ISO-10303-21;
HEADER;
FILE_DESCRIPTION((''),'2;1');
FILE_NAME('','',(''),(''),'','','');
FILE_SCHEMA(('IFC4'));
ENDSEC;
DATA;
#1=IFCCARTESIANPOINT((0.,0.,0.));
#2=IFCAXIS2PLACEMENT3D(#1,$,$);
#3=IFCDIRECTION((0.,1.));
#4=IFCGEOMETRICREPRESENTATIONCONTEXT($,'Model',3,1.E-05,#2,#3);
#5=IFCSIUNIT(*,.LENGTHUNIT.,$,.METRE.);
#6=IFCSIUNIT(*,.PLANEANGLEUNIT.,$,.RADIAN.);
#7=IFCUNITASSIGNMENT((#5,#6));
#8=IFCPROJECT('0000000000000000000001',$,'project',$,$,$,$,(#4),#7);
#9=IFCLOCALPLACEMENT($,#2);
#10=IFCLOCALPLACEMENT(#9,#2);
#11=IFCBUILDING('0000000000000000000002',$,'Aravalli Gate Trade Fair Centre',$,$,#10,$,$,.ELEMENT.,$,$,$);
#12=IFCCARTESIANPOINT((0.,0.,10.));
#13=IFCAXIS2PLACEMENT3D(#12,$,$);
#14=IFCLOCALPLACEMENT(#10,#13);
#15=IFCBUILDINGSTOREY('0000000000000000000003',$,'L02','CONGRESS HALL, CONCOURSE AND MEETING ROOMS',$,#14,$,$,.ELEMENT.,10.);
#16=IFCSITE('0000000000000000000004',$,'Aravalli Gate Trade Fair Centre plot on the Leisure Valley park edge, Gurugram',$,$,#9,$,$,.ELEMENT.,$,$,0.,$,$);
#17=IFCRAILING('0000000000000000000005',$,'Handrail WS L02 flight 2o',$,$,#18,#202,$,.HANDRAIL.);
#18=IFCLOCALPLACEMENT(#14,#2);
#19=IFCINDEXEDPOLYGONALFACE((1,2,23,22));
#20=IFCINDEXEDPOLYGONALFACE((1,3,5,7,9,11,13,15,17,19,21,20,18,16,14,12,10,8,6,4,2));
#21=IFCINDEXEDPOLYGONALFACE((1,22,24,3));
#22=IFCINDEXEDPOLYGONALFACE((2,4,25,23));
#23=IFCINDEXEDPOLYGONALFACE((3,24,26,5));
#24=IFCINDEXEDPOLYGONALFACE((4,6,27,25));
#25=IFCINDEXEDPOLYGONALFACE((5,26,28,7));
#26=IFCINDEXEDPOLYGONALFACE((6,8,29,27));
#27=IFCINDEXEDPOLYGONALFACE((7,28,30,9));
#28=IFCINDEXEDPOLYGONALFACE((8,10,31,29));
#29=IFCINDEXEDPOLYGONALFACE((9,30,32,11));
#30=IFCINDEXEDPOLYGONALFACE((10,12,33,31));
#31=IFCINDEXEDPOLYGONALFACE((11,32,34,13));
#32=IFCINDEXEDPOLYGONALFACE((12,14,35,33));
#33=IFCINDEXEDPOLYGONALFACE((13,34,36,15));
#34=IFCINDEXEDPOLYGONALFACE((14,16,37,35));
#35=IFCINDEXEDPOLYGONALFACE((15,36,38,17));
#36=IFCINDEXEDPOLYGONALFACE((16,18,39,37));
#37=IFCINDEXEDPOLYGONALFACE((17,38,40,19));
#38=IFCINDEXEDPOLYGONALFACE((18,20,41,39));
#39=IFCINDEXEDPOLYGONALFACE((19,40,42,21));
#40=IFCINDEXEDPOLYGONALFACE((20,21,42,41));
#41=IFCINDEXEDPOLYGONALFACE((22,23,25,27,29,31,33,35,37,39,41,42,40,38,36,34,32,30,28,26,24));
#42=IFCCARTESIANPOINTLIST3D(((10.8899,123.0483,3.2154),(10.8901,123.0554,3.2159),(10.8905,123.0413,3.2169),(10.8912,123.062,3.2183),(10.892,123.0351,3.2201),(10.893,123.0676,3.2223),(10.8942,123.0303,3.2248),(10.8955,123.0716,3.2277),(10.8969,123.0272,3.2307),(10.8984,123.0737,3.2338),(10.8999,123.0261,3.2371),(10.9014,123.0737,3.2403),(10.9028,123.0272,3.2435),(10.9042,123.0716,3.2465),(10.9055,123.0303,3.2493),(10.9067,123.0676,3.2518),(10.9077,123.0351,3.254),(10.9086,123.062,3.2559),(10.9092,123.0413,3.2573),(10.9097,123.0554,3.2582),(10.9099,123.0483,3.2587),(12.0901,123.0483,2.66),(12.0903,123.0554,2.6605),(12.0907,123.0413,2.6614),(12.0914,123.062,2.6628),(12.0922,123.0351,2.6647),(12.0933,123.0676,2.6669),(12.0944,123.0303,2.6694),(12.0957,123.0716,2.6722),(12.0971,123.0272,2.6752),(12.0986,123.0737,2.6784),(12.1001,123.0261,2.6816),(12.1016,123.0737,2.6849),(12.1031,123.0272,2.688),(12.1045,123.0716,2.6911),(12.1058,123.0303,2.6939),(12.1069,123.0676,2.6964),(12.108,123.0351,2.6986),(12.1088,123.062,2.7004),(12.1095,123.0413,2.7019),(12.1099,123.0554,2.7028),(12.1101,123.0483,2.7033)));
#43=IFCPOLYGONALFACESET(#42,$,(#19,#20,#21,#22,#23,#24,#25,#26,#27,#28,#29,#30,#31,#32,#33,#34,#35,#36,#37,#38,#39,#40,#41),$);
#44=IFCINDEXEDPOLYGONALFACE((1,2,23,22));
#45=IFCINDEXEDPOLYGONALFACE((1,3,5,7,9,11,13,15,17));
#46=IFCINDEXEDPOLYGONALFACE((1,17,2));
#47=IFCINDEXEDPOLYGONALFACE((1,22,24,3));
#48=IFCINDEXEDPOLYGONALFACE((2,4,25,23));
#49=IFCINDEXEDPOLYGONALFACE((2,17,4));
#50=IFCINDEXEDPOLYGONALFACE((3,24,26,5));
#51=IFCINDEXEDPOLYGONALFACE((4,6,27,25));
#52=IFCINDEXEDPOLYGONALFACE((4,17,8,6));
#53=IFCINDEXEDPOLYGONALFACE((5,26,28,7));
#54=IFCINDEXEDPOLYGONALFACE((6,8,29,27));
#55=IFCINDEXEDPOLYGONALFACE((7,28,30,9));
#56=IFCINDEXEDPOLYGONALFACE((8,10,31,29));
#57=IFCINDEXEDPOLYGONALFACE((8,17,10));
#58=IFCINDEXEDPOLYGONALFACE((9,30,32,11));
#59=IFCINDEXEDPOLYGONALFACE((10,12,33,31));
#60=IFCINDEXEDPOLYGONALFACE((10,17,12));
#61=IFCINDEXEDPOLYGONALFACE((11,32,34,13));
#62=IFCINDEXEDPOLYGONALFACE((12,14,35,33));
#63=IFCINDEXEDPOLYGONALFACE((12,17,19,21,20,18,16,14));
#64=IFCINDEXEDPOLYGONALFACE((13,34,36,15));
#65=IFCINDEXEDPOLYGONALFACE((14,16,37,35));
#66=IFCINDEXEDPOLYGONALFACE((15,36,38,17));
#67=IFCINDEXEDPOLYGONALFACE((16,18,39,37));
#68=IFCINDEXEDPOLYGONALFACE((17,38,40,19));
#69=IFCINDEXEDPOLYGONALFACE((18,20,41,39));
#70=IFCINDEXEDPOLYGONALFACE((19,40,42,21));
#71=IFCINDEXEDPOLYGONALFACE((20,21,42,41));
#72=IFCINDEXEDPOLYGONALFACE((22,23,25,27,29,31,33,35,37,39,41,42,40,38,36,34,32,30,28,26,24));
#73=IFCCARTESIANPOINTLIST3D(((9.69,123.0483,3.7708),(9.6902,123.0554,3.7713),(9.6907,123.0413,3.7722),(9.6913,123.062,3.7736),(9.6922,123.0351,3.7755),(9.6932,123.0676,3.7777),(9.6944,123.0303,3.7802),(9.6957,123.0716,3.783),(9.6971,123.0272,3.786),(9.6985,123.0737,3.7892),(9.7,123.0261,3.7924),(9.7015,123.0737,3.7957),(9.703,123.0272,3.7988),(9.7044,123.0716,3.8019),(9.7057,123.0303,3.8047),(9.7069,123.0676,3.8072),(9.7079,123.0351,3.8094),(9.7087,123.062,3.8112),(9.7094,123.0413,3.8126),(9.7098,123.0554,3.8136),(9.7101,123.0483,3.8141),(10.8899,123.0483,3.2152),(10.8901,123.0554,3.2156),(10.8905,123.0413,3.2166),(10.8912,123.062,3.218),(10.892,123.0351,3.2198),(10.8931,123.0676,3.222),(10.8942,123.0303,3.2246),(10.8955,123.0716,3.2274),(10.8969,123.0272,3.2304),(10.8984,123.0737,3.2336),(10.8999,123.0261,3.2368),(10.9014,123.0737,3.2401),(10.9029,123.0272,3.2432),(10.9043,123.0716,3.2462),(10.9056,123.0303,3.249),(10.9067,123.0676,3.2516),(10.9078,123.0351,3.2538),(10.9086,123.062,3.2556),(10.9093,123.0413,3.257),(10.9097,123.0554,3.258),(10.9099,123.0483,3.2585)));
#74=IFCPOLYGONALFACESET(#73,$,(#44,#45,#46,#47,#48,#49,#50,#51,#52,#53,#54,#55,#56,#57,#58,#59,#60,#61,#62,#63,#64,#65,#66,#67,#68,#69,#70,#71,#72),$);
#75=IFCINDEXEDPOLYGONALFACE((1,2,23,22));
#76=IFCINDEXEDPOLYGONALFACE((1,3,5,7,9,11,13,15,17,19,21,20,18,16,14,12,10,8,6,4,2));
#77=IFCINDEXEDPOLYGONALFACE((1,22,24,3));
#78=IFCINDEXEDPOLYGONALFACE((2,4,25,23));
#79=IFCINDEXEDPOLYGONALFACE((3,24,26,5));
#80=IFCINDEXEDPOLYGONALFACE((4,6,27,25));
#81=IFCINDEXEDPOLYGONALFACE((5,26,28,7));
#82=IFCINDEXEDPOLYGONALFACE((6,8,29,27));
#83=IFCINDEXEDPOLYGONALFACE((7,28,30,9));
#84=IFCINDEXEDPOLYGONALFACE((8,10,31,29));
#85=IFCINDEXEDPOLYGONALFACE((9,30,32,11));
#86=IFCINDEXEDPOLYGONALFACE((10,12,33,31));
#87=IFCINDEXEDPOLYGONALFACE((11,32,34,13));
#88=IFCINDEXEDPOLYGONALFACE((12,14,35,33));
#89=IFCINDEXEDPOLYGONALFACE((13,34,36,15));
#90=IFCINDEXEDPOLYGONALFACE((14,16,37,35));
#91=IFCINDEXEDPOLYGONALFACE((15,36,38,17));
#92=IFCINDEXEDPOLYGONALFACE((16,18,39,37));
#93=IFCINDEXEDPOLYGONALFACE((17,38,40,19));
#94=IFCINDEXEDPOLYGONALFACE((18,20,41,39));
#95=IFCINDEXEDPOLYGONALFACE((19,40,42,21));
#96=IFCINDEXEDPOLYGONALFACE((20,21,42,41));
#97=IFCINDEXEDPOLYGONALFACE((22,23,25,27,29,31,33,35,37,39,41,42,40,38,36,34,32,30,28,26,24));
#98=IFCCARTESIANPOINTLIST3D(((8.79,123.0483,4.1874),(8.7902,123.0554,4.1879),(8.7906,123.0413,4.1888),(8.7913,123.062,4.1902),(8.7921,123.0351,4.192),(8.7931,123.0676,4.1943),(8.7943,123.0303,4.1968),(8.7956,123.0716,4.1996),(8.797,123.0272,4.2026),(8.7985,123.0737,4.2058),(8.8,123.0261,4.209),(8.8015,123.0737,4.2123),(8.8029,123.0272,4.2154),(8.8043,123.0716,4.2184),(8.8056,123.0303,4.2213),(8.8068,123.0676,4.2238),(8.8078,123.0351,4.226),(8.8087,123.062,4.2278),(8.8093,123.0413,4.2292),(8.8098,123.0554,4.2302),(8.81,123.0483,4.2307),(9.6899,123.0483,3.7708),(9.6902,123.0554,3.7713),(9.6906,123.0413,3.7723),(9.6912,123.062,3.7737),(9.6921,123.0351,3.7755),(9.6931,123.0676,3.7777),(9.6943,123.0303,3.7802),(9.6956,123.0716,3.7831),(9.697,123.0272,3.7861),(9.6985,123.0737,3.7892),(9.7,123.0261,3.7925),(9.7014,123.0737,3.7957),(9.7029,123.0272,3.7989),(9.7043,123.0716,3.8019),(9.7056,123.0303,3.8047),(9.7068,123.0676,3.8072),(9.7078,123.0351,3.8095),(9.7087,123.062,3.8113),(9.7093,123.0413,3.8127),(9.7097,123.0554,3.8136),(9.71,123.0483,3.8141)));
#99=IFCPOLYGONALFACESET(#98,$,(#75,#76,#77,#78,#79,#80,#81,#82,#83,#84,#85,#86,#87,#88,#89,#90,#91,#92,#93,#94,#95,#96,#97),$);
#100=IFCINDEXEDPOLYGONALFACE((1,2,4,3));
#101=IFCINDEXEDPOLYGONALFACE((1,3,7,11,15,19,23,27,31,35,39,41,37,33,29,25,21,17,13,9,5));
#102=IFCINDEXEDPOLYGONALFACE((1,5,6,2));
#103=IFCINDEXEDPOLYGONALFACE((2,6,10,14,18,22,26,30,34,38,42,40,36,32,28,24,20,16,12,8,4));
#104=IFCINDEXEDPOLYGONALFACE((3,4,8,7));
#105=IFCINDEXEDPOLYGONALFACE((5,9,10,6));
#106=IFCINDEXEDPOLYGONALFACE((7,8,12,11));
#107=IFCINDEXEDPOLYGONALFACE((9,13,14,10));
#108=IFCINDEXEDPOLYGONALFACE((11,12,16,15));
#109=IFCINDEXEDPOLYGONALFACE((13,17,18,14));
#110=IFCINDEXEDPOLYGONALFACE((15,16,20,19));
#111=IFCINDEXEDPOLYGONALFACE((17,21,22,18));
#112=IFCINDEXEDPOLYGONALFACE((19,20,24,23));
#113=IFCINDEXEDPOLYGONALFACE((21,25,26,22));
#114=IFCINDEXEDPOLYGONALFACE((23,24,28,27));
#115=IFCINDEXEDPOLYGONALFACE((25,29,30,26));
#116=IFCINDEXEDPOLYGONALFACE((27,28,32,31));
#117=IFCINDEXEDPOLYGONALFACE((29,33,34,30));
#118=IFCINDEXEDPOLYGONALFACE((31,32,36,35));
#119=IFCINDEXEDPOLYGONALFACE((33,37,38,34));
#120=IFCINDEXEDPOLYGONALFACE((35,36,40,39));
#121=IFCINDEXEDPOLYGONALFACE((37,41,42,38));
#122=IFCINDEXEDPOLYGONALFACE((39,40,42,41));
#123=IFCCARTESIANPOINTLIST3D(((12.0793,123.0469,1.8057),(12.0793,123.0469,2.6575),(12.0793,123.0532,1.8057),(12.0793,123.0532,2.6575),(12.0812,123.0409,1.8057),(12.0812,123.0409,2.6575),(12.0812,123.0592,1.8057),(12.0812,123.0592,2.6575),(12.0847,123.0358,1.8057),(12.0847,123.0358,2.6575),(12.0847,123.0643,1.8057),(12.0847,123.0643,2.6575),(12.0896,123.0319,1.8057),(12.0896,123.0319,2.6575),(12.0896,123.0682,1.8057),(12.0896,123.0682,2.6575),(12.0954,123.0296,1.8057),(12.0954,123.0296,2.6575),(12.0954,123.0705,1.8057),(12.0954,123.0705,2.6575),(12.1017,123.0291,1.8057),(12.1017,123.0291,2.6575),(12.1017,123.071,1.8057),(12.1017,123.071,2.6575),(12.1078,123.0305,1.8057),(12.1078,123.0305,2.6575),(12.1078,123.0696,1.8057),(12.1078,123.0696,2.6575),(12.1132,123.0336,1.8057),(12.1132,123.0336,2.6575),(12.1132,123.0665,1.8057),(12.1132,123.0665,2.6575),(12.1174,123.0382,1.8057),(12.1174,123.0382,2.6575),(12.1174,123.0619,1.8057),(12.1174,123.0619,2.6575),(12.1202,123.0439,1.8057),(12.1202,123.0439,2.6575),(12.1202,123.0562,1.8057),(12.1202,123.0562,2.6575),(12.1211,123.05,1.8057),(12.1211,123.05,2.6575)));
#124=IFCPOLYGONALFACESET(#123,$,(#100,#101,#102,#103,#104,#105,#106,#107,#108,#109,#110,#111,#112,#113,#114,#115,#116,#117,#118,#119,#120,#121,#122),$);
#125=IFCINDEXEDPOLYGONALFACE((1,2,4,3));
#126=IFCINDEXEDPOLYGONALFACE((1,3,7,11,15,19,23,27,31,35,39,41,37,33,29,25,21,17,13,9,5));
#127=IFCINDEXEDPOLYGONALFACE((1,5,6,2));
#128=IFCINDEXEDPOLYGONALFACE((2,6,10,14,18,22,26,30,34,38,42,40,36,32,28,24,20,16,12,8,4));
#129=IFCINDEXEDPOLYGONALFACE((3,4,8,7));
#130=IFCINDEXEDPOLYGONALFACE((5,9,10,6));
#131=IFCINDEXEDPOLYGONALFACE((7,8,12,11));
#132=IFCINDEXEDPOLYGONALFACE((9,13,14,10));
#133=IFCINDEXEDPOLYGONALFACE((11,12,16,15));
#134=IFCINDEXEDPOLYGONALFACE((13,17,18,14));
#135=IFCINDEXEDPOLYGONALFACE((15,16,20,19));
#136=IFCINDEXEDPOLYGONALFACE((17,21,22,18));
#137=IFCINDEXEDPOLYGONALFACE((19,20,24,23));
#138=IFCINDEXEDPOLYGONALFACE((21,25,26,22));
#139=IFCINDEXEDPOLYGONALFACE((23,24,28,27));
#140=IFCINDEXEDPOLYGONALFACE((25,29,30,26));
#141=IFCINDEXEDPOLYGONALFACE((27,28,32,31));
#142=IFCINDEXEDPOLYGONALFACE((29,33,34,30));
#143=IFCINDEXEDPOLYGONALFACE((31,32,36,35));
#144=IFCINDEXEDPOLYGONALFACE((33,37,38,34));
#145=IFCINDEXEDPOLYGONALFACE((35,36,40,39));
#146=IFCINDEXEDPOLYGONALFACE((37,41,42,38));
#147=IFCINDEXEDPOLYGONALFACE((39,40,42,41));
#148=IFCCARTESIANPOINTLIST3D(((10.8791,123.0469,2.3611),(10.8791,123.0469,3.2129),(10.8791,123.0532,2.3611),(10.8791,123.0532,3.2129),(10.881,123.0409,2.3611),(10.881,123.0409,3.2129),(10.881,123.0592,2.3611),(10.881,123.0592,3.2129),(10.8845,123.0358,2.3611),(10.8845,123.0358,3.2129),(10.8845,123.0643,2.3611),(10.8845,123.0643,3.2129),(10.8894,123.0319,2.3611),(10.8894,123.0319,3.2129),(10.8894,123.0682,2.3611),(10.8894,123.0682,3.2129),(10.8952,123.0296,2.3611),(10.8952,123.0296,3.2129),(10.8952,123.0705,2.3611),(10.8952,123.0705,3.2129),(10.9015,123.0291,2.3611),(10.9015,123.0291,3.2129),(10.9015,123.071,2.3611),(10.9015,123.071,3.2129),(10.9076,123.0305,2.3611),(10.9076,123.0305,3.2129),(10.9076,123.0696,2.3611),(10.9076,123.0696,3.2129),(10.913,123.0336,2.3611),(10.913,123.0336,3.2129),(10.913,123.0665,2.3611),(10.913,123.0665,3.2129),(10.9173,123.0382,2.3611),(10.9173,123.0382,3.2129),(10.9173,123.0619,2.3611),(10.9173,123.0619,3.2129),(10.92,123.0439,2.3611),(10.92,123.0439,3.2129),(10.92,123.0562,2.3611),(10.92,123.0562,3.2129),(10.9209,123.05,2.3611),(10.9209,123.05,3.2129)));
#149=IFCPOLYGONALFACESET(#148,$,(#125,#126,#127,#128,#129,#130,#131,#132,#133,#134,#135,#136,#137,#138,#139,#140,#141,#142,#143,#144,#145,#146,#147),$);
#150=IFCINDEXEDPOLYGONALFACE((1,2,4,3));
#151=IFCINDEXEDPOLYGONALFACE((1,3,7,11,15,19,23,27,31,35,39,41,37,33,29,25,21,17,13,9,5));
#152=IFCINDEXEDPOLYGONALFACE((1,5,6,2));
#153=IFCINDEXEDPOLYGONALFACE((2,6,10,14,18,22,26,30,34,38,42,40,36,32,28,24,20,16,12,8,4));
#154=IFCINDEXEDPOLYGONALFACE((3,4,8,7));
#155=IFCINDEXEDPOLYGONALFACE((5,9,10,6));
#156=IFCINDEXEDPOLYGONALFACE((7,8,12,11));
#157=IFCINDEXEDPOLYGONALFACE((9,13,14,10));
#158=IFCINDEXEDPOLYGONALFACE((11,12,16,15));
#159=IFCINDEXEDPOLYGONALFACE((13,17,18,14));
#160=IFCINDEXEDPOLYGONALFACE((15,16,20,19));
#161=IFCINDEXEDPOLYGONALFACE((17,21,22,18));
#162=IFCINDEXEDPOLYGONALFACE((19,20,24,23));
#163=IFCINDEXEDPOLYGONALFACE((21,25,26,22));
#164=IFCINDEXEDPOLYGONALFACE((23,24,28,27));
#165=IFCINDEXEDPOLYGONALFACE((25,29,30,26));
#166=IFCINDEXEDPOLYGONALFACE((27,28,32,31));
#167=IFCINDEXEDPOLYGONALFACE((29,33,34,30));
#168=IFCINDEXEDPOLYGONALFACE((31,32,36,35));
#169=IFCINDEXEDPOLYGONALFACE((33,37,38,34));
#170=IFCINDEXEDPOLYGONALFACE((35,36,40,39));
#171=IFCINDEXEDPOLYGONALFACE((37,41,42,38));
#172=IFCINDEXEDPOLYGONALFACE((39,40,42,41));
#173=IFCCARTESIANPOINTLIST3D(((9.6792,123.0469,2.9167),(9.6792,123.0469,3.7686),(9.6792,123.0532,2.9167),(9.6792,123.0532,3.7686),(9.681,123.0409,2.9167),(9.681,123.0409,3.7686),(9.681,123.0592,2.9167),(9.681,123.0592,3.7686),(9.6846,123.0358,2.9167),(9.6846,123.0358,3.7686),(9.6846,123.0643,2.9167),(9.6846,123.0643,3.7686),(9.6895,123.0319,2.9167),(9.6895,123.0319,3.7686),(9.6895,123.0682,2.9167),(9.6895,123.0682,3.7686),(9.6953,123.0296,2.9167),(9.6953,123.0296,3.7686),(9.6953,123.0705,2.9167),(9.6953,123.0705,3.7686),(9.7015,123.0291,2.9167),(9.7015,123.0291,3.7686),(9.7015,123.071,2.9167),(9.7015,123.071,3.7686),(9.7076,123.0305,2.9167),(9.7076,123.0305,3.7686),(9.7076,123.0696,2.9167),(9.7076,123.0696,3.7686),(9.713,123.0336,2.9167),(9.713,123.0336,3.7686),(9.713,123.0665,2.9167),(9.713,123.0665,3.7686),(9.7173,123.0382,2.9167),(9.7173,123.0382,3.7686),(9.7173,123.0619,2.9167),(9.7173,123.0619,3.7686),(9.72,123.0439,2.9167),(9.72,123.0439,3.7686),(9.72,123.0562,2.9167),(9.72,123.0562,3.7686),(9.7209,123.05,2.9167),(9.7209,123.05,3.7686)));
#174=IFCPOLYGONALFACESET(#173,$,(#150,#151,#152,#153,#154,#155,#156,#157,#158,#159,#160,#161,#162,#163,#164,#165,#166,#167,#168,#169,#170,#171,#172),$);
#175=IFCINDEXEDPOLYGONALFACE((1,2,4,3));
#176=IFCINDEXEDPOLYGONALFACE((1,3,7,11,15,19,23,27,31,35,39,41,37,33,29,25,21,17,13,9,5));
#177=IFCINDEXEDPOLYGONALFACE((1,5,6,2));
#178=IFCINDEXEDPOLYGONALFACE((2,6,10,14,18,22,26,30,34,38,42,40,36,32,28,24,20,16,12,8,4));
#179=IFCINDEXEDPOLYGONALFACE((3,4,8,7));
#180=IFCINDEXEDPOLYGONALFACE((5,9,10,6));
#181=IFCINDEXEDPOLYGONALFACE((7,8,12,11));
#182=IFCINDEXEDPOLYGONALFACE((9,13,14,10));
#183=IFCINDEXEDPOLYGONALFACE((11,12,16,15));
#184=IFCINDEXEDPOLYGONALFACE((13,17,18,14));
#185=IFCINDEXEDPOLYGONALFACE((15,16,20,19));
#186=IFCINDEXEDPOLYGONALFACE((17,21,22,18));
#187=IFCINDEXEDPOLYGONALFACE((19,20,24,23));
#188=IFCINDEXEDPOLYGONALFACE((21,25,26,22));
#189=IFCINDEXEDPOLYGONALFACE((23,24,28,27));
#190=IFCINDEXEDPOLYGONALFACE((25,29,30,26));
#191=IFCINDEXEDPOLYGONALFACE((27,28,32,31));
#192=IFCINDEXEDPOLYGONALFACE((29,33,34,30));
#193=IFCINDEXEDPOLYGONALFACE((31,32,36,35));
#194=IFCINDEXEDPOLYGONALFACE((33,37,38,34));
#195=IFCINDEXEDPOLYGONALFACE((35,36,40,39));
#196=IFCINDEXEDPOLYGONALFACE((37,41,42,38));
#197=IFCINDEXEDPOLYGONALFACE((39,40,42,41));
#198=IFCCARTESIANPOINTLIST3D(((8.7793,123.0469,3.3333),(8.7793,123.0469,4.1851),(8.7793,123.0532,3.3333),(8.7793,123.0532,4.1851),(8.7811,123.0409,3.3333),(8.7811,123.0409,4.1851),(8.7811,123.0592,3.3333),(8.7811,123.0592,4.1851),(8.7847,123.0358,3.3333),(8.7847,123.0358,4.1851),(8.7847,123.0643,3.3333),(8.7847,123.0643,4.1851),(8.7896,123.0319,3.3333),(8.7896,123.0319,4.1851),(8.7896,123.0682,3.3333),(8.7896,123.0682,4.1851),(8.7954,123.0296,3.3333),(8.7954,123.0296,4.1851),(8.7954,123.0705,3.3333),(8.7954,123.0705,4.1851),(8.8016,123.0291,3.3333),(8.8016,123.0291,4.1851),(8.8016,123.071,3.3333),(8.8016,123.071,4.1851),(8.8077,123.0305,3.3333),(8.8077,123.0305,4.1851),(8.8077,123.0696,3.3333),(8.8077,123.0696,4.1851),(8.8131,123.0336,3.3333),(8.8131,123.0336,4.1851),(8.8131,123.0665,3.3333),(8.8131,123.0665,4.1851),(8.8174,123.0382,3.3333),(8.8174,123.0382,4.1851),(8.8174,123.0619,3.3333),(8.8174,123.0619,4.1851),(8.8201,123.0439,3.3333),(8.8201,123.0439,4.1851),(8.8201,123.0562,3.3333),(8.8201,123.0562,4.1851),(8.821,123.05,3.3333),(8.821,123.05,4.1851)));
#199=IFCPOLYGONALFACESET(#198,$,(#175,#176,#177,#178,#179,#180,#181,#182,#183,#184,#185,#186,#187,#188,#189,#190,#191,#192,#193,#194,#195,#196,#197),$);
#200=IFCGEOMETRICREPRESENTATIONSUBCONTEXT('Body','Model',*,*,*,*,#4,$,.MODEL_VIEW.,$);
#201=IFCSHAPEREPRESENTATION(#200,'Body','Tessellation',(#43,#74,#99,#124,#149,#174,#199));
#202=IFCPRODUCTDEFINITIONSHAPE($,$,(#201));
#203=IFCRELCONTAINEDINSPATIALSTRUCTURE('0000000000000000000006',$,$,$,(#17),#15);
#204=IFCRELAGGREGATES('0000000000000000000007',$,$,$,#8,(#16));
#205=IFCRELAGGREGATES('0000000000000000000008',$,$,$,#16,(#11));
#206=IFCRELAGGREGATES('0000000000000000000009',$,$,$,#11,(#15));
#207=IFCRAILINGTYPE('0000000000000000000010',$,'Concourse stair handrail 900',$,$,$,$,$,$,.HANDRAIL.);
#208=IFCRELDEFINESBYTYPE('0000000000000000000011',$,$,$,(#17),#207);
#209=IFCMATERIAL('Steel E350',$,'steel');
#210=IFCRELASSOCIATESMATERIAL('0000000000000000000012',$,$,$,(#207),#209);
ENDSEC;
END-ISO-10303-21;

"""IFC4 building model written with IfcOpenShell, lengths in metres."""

from ifc_helpers import new_model, si_unit, direction, frame, origin, origin_2d, place, context, subcontext, project, spatial, circle, extrude, material, type_object, element, save


model = new_model("IFC4")

# Units and contexts
model_context = context("Model", 3, precision=1e-05, world=origin(), true_north=direction((0.0, 1.0)))
body_context = subcontext(model_context, "Body", "Model", "MODEL_VIEW")
ifc_project = project(units=[si_unit("LENGTHUNIT", "METRE"), si_unit("PLANEANGLEUNIT", "RADIAN")], contexts=[model_context])

# Site, building, storey
site_placement = place(None, origin())
site = spatial("IfcSite", under=ifc_project, at=site_placement, Name="Aravalli Gate Trade Fair Centre plot on the Leisure Valley park edge, Gurugram", CompositionType="ELEMENT", RefElevation=0.0)
building_placement = place(site_placement, origin())
building = spatial("IfcBuilding", under=site, at=building_placement, Name="Aravalli Gate Trade Fair Centre", CompositionType="ELEMENT")
storey_placement = place(building_placement, frame((0.0, 0.0, 10.0)))
storey = spatial("IfcBuildingStorey", under=building, at=storey_placement, Name="L02", Description="CONGRESS HALL, CONCOURSE AND MEETING ROOMS", CompositionType="ELEMENT", Elevation=10.0)

# Shared definitions
ifc_material_1 = material(Name="Steel E350", Category="steel")

# Railing
railing_type_1 = type_object("IfcRailingType", Name="Concourse stair handrail 900", PredefinedType="HANDRAIL", material=ifc_material_1)
for number, where, name in (
    (1, (12.1001, 123.05, 1.8057), "Handrail WS L02 flight 2o"),
):
    element("IfcRailing", number, at=place(storey_placement, frame(where)), inside=storey, type_object=railing_type_1, Name=name, PredefinedType="HANDRAIL", context=body_context, shape_type="SweptSolid", body=[
        extrude(circle(Radius=0.0239, at=origin_2d()), frame((0.0, 0.0, 0.876), z_axis=(-0.907532, 0.0, 0.419983), x_axis=(0.0, -1.0, 0.0)), (0.0, 0.0, 1.0), 1.3225),
        extrude(circle(Radius=0.0239, at=origin_2d()), frame((-1.2002, 0.0, 1.4312), z_axis=(-0.907429, 0.0, 0.420205), x_axis=(0.0, -1.0, 0.0)), (0.0, 0.0, 1.0), 1.3223),
        extrude(circle(Radius=0.0239, at=origin_2d()), frame((-2.4001, 0.0, 1.9868), z_axis=(-0.907512, 0.0, 0.420026), x_axis=(0.0, -1.0, 0.0)), (0.0, 0.0, 1.0), 0.9917),
        extrude(circle(Radius=0.021, at=origin_2d()), origin(), (0.0, 0.0, 1.0), 0.8518),
        extrude(circle(Radius=0.021, at=origin_2d()), frame((-1.2002, 0.0, 0.5554)), (0.0, 0.0, 1.0), 0.8518),
        extrude(circle(Radius=0.021, at=origin_2d()), frame((-2.4001, 0.0, 1.1111)), (0.0, 0.0, 1.0), 0.8518),
        extrude(circle(Radius=0.021, at=origin_2d()), frame((-3.3, 0.0, 1.5276)), (0.0, 0.0, 1.0), 0.8518),
    ])

save(model, "model.ifc")
